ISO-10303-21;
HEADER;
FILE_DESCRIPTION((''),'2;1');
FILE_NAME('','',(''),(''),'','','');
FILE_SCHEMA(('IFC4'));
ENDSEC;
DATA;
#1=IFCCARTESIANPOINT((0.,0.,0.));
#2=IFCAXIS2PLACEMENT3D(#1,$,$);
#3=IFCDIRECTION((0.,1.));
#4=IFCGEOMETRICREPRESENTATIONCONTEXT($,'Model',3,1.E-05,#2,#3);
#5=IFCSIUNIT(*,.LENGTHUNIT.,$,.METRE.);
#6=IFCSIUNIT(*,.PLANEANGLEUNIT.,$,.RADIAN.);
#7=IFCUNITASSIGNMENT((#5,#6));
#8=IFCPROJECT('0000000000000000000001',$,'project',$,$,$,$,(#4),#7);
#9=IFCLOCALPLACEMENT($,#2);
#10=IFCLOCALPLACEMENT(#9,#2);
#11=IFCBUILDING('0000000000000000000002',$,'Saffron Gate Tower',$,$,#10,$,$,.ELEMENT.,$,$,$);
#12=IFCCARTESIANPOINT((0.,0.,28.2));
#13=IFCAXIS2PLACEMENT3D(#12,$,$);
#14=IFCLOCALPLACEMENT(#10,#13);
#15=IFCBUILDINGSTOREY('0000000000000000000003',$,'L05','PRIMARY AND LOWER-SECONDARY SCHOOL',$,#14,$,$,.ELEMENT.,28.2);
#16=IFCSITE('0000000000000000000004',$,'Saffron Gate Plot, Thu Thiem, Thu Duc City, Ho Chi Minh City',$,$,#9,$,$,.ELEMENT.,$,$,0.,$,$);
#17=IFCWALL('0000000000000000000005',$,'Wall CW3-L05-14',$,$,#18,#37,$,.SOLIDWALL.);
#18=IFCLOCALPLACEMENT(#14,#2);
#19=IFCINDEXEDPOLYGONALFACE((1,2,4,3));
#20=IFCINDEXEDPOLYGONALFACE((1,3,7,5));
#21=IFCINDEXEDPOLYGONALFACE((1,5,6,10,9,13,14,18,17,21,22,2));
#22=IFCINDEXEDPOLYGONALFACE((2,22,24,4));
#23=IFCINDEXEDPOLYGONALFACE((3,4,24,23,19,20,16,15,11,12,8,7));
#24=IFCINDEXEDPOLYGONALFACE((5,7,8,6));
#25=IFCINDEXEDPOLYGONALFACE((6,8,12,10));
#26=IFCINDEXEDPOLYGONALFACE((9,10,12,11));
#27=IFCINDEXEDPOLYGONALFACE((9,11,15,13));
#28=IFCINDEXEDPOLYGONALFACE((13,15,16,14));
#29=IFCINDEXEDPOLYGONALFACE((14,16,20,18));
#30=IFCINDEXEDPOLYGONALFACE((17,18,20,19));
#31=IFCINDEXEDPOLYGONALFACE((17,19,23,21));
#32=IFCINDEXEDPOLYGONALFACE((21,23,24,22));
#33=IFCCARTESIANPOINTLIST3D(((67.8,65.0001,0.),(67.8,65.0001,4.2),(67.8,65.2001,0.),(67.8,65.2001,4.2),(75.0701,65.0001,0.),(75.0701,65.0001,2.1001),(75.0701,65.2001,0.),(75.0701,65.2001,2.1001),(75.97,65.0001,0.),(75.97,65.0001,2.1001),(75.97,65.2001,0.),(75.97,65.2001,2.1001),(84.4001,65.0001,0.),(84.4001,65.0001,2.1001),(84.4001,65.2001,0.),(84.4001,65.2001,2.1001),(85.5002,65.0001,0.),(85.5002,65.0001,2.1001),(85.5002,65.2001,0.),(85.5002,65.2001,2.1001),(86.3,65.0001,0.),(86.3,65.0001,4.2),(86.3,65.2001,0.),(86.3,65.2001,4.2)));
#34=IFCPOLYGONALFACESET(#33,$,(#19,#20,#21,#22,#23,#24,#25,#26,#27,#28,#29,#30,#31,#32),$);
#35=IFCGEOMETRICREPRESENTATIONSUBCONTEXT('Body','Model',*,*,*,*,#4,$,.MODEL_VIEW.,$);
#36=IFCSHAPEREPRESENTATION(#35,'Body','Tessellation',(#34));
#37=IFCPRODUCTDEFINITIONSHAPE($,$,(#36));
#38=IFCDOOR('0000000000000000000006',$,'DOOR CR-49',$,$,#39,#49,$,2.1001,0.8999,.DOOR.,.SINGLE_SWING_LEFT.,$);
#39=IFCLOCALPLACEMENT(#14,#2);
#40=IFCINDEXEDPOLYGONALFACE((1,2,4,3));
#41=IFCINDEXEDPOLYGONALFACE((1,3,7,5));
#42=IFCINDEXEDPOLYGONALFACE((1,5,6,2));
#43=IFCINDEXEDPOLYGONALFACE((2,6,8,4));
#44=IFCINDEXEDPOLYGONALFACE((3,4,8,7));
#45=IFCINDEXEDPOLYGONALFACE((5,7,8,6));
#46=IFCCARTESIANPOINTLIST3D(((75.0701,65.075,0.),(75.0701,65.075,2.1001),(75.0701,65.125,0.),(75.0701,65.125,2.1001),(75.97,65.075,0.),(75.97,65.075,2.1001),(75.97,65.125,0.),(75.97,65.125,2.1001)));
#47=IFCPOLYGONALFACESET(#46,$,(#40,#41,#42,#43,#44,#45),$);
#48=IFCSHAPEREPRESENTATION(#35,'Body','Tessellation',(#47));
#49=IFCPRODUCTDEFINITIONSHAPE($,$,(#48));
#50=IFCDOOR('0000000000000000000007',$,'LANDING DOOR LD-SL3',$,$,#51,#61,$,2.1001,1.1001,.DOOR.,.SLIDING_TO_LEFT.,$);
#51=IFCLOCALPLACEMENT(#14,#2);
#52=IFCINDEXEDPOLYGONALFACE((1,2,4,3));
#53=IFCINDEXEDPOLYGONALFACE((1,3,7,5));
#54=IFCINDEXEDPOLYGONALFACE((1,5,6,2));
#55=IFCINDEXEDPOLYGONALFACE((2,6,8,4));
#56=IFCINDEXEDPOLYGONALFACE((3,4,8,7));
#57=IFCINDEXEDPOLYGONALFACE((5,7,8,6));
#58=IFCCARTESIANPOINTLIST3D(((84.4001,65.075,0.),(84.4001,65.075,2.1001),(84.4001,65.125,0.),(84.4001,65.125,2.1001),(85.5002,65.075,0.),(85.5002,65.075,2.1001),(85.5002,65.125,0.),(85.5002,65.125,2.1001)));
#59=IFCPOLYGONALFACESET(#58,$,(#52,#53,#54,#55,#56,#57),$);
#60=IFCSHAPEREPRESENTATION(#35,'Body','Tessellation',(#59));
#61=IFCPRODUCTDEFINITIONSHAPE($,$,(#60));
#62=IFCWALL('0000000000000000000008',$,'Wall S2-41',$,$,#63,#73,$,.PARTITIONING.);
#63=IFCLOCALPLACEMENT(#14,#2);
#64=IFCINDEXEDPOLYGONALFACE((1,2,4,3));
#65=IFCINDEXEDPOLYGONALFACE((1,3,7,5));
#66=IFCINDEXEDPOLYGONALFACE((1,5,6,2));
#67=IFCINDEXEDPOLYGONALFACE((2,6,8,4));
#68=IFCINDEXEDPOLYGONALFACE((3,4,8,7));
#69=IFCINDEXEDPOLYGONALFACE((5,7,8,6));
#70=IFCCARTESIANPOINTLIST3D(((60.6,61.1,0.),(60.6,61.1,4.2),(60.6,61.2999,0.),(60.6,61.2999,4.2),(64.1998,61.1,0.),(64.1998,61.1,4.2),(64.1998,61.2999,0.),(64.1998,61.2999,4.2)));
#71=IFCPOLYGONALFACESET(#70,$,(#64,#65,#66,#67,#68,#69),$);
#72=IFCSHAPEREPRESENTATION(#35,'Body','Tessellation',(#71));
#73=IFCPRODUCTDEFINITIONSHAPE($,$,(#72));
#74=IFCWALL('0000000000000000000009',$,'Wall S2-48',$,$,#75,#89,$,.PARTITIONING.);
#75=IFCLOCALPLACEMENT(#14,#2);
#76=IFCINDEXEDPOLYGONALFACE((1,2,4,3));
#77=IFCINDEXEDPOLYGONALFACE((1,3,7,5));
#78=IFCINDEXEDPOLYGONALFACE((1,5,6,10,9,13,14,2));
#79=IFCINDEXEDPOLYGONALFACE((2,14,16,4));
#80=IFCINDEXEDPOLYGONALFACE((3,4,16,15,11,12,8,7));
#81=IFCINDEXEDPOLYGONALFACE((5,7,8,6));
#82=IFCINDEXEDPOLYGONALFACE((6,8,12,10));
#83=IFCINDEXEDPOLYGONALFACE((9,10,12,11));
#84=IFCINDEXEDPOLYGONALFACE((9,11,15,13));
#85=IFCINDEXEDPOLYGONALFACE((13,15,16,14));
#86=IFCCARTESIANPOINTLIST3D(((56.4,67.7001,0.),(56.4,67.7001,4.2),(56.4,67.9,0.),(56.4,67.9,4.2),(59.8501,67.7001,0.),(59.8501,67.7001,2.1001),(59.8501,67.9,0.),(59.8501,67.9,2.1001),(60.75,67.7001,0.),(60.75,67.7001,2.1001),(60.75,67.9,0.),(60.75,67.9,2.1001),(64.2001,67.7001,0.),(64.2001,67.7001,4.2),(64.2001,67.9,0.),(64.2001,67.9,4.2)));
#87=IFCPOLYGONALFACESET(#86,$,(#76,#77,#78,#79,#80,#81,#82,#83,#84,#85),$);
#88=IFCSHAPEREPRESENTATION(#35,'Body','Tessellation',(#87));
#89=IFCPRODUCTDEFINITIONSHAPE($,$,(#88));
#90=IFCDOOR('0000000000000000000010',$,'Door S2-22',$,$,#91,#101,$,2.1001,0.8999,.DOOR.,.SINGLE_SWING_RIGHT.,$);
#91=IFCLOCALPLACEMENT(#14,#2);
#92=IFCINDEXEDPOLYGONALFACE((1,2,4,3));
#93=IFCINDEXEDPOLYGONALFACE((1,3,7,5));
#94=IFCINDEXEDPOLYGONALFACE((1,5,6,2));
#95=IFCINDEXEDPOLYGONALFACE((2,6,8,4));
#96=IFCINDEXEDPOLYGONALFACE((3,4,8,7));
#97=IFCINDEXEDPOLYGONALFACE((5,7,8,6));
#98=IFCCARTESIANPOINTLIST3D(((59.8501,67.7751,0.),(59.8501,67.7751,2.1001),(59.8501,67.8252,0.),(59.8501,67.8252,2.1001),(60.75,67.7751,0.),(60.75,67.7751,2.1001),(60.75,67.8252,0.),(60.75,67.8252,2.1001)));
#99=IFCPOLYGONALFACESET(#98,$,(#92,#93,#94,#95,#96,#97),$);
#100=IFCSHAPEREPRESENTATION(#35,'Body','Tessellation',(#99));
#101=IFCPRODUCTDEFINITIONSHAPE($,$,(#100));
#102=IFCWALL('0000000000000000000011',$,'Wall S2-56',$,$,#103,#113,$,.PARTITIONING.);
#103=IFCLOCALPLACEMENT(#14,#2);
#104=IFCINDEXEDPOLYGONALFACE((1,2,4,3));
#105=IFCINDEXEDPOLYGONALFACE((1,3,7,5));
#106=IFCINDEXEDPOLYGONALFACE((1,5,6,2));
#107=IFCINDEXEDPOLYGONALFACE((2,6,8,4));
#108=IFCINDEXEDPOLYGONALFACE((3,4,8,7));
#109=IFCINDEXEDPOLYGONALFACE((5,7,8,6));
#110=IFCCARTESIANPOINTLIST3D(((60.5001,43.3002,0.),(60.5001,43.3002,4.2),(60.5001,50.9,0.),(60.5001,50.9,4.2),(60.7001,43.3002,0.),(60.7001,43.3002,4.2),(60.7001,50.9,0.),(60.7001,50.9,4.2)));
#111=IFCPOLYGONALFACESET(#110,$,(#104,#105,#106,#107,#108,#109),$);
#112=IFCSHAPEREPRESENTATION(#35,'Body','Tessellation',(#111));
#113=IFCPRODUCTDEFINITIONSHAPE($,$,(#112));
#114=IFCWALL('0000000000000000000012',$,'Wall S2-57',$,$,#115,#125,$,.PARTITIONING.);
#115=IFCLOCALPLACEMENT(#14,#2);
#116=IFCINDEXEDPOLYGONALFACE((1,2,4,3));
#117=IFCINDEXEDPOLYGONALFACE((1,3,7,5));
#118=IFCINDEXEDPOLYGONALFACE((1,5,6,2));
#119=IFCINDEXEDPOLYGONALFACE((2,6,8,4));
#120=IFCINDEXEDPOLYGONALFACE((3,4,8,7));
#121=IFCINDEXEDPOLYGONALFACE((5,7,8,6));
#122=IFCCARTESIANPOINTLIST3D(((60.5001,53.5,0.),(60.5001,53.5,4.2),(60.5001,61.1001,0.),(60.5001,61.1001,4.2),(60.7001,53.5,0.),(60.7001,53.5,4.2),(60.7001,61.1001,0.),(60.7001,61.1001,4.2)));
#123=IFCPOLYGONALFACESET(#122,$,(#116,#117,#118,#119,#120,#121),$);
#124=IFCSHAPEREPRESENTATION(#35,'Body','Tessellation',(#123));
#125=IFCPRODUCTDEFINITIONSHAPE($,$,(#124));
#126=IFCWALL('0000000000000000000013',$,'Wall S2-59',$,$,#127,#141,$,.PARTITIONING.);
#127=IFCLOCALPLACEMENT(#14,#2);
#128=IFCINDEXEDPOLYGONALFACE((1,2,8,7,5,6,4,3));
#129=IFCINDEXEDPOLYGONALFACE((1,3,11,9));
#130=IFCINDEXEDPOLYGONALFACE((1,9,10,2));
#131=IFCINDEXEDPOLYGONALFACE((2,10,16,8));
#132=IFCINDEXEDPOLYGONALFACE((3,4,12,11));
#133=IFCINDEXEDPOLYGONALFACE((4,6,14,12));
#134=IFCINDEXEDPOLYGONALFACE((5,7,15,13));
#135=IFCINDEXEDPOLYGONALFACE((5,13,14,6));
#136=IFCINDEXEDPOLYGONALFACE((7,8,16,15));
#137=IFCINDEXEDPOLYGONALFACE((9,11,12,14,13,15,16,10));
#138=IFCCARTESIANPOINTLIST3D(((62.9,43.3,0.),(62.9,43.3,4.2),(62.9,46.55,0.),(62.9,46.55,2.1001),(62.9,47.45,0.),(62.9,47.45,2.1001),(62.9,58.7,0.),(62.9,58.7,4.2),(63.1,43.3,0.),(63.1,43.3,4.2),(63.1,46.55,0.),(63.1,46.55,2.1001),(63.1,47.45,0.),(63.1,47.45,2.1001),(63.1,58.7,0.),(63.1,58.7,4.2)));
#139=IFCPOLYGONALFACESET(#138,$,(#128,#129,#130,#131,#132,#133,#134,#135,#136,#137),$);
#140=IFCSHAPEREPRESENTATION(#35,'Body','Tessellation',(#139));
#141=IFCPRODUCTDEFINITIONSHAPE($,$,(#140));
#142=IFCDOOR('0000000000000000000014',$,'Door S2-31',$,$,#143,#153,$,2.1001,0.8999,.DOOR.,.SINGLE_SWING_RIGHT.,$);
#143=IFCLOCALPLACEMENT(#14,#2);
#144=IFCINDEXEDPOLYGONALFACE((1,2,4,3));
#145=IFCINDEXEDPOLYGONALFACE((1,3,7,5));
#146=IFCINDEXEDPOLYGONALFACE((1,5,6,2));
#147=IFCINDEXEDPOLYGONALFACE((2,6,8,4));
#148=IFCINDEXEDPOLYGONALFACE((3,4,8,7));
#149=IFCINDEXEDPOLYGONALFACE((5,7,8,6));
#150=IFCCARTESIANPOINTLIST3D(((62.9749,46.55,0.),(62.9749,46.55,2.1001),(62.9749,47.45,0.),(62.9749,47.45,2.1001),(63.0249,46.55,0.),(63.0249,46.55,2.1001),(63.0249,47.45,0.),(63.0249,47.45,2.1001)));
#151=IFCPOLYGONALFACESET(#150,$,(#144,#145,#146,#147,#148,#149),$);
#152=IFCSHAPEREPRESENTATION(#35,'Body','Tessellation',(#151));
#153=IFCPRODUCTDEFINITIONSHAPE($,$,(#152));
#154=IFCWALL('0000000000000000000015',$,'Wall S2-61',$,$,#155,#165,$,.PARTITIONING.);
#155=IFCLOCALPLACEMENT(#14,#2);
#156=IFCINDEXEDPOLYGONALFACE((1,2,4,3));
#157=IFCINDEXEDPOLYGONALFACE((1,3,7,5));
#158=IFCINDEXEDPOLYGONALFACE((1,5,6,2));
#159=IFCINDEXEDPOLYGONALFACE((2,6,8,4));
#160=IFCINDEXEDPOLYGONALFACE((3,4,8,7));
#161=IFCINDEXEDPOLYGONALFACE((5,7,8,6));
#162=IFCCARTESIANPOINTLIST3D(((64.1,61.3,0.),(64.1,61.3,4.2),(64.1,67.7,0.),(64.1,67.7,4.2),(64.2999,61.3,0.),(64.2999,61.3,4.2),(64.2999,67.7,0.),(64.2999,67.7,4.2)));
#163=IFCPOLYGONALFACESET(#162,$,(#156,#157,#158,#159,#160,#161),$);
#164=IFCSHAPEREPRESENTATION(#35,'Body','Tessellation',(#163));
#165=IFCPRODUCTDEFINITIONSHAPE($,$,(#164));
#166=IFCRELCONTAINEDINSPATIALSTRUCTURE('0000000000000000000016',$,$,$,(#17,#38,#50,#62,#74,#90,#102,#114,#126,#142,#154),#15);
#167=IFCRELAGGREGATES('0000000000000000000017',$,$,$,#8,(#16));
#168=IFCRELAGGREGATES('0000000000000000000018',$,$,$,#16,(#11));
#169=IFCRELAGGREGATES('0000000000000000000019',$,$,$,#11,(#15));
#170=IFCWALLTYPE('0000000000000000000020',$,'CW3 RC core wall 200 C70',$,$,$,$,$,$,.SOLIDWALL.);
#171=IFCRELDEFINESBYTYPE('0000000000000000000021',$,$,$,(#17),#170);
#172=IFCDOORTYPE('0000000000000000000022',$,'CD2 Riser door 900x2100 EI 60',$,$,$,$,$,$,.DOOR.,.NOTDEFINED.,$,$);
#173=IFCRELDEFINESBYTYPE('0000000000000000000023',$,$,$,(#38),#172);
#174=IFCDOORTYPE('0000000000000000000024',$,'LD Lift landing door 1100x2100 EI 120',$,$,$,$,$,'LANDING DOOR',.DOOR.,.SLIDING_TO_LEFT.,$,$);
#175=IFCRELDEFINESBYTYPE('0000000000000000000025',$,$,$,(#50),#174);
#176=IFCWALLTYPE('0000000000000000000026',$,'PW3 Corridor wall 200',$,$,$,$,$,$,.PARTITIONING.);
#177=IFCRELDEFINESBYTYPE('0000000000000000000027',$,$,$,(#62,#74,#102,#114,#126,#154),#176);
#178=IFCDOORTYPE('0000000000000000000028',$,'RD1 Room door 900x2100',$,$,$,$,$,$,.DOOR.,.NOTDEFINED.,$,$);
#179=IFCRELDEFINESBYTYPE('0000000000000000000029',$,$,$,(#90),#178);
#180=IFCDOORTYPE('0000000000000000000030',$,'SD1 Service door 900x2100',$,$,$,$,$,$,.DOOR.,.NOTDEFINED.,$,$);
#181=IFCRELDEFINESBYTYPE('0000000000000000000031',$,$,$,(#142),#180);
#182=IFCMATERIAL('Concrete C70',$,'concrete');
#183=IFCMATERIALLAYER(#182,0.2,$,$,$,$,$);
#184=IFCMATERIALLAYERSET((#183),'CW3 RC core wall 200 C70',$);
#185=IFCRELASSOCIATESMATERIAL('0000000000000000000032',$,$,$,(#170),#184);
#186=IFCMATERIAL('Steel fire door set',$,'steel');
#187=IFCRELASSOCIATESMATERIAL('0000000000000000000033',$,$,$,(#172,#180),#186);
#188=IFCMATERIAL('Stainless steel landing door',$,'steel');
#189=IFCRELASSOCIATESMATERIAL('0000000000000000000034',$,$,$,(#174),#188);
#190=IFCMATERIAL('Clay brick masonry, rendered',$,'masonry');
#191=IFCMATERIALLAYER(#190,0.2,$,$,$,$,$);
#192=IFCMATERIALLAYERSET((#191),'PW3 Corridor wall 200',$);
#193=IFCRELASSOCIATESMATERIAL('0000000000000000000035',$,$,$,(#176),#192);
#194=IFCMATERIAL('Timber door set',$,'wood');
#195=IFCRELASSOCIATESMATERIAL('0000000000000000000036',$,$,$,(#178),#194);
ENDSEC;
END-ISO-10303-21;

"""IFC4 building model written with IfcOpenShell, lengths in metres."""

from ifc_helpers import new_model, si_unit, direction, frame, frame_2d, origin, place, context, subcontext, project, spatial, rectangle, extrude, material, layer, layer_set, type_object, element, fill, save


model = new_model("IFC4")

# Units and contexts
model_context = context("Model", 3, precision=1e-05, world=origin(), true_north=direction((0.0, 1.0)))
body_context = subcontext(model_context, "Body", "Model", "MODEL_VIEW")
ifc_project = project(units=[si_unit("LENGTHUNIT", "METRE"), si_unit("PLANEANGLEUNIT", "RADIAN")], contexts=[model_context])

# Site, building, storey
site_placement = place(None, origin())
site = spatial("IfcSite", under=ifc_project, at=site_placement, Name="Saffron Gate Plot, Thu Thiem, Thu Duc City, Ho Chi Minh City", CompositionType="ELEMENT", RefElevation=0.0)
building_placement = place(site_placement, origin())
building = spatial("IfcBuilding", under=site, at=building_placement, Name="Saffron Gate Tower", CompositionType="ELEMENT")
storey_placement = place(building_placement, frame((0.0, 0.0, 28.2)))
storey = spatial("IfcBuildingStorey", under=building, at=storey_placement, Name="L05", Description="PRIMARY AND LOWER-SECONDARY SCHOOL", CompositionType="ELEMENT", Elevation=28.2)

# Shared definitions
ifc_material_1 = material(Name="Concrete C70", Category="concrete")
ifc_material_2 = material(Name="Steel fire door set", Category="steel")

# Wall, openings, doors
ifc_layer_1 = layer(ifc_material_1, 0.2)
ifc_layer_set_1 = layer_set([ifc_layer_1], Name="CW3 RC core wall 200 C70")
wall_type_1 = type_object("IfcWallType", Name="CW3 RC core wall 200 C70", PredefinedType="SOLIDWALL", material=ifc_layer_set_1)
wall_1_placement = place(storey_placement, frame((67.8, 65.1001, 0.0), z_axis=(0.0, 0.0, 1.0), x_axis=(1.0, 0.0, 0.0)))
wall_1 = element("IfcWall", 1, at=wall_1_placement, inside=storey, type_object=wall_type_1, Name="Wall CW3-L05-14", PredefinedType="SOLIDWALL", context=body_context, shape_type="SweptSolid", body=[
    extrude(rectangle(XDim=18.5, YDim=0.2, at=frame_2d((9.25, 0.0))), origin(), (0.0, 0.0, 1.0), 4.2),
])
opening_1_placement = place(wall_1_placement, frame((7.27, 0.0, 0.0)))
opening_1 = element("IfcOpeningElement", 2, at=opening_1_placement, cuts=wall_1, PredefinedType="OPENING", context=body_context, shape_type="SweptSolid", body=[
    extrude(rectangle(XDim=0.8999, YDim=2.1001, at=frame_2d((0.45, 1.05))), frame((0.0, 0.1099, 0.0), z_axis=(0.0, -1.0, 0.0), x_axis=(1.0, 0.0, 0.0)), (0.0, 0.0, 1.0), 0.22),
])
opening_2_placement = place(wall_1_placement, frame((16.6001, 0.0, 0.0)))
opening_2 = element("IfcOpeningElement", 3, at=opening_2_placement, cuts=wall_1, PredefinedType="OPENING", context=body_context, shape_type="SweptSolid", body=[
    extrude(rectangle(XDim=1.1001, YDim=2.1001, at=frame_2d((0.55, 1.05))), frame((0.0, 0.1099, 0.0), z_axis=(0.0, -1.0, 0.0), x_axis=(1.0, 0.0, 0.0)), (0.0, 0.0, 1.0), 0.22),
])
door_type_1 = type_object("IfcDoorType", Name="CD2 Riser door 900x2100 EI 60", OperationType="NOTDEFINED", PredefinedType="DOOR", material=ifc_material_2)
door_1_placement = place(opening_1_placement, origin())
door_1 = element("IfcDoor", 4, at=door_1_placement, inside=storey, type_object=door_type_1, Name="DOOR CR-49", OperationType="SINGLE_SWING_LEFT", OverallHeight=2.1001, OverallWidth=0.8999, PredefinedType="DOOR", context=body_context, shape_type="SweptSolid", body=[
    extrude(rectangle(XDim=0.8999, YDim=2.1001, at=frame_2d((0.45, 1.05))), frame((0.0, 0.0249, 0.0), z_axis=(0.0, -1.0, 0.0), x_axis=(1.0, 0.0, 0.0)), (0.0, 0.0, 1.0), 0.05),
])
fill(opening_1, door_1)
ifc_material_3 = material(Name="Stainless steel landing door", Category="steel")
door_type_2 = type_object("IfcDoorType", Name="LD Lift landing door 1100x2100 EI 120", ElementType="LANDING DOOR", OperationType="SLIDING_TO_LEFT", PredefinedType="DOOR", material=ifc_material_3)
door_2_placement = place(opening_2_placement, origin())
door_2 = element("IfcDoor", 5, at=door_2_placement, inside=storey, type_object=door_type_2, Name="LANDING DOOR LD-SL3", OperationType="SLIDING_TO_LEFT", OverallHeight=2.1001, OverallWidth=1.1001, PredefinedType="DOOR", context=body_context, shape_type="SweptSolid", body=[
    extrude(rectangle(XDim=1.1001, YDim=2.1001, at=frame_2d((0.55, 1.05))), frame((0.0, 0.0249, 0.0), z_axis=(0.0, -1.0, 0.0), x_axis=(1.0, 0.0, 0.0)), (0.0, 0.0, 1.0), 0.05),
])
fill(opening_2, door_2)

# Wall
ifc_material_4 = material(Name="Clay brick masonry, rendered", Category="masonry")
ifc_layer_2 = layer(ifc_material_4, 0.2)
ifc_layer_set_2 = layer_set([ifc_layer_2], Name="PW3 Corridor wall 200")
wall_type_2 = type_object("IfcWallType", Name="PW3 Corridor wall 200", PredefinedType="PARTITIONING", material=ifc_layer_set_2)
wall_2_placement = place(storey_placement, frame((60.6001, 61.2, 0.0), z_axis=(0.0, 0.0, 1.0), x_axis=(1.0, 0.0, 0.0)))
element("IfcWall", 6, at=wall_2_placement, inside=storey, type_object=wall_type_2, Name="Wall S2-41", PredefinedType="PARTITIONING", context=body_context, shape_type="SweptSolid", body=[
    extrude(rectangle(XDim=3.5999, YDim=0.2, at=frame_2d((1.7998, 0.0))), origin(), (0.0, 0.0, 1.0), 4.2),
])

# Wall, opening, door
wall_3_placement = place(storey_placement, frame((64.2, 67.8, 0.0), z_axis=(0.0, 0.0, 1.0), x_axis=(-1.0, 0.0, 0.0)))
wall_3 = element("IfcWall", 7, at=wall_3_placement, inside=storey, type_object=wall_type_2, Name="Wall S2-48", PredefinedType="PARTITIONING", context=body_context, shape_type="SweptSolid", body=[
    extrude(rectangle(XDim=7.8, YDim=0.2, at=frame_2d((3.8999, 0.0))), origin(), (0.0, 0.0, 1.0), 4.2),
])
opening_3_placement = place(wall_3_placement, frame((3.45, 0.0, 0.0)))
opening_3 = element("IfcOpeningElement", 8, at=opening_3_placement, cuts=wall_3, PredefinedType="OPENING", context=body_context, shape_type="SweptSolid", body=[
    extrude(rectangle(XDim=0.8999, YDim=2.1001, at=frame_2d((0.45, 1.05))), frame((0.0, 0.1099, 0.0), z_axis=(0.0, -1.0, 0.0), x_axis=(1.0, 0.0, 0.0)), (0.0, 0.0, 1.0), 0.22),
])
ifc_material_5 = material(Name="Timber door set", Category="wood")
door_type_3 = type_object("IfcDoorType", Name="RD1 Room door 900x2100", OperationType="NOTDEFINED", PredefinedType="DOOR", material=ifc_material_5)
door_3_placement = place(opening_3_placement, origin())
door_3 = element("IfcDoor", 9, at=door_3_placement, inside=storey, type_object=door_type_3, Name="Door S2-22", OperationType="SINGLE_SWING_RIGHT", OverallHeight=2.1001, OverallWidth=0.8999, PredefinedType="DOOR", context=body_context, shape_type="SweptSolid", body=[
    extrude(rectangle(XDim=0.8999, YDim=2.1001, at=frame_2d((0.45, 1.05))), frame((0.0, 0.0249, 0.0), z_axis=(0.0, -1.0, 0.0), x_axis=(1.0, 0.0, 0.0)), (0.0, 0.0, 1.0), 0.05),
])
fill(opening_3, door_3)

# Walls
wall_4_placement = place(storey_placement, frame((60.6001, 50.8999, 0.0), z_axis=(0.0, 0.0, 1.0), x_axis=(0.0, -1.0, 0.0)))
element("IfcWall", 10, at=wall_4_placement, inside=storey, type_object=wall_type_2, Name="Wall S2-56", PredefinedType="PARTITIONING", context=body_context, shape_type="SweptSolid", body=[
    extrude(rectangle(XDim=7.5999, YDim=0.2, at=frame_2d((3.7998, 0.0))), origin(), (0.0, 0.0, 1.0), 4.2),
])
wall_5_placement = place(storey_placement, frame((60.6001, 61.1001, 0.0), z_axis=(0.0, 0.0, 1.0), x_axis=(0.0, -1.0, 0.0)))
element("IfcWall", 11, at=wall_5_placement, inside=storey, type_object=wall_type_2, Name="Wall S2-57", PredefinedType="PARTITIONING", context=body_context, shape_type="SweptSolid", body=[
    extrude(rectangle(XDim=7.6001, YDim=0.2, at=frame_2d((3.8, 0.0))), origin(), (0.0, 0.0, 1.0), 4.2),
])

# Wall, opening, door
wall_6_placement = place(storey_placement, frame((63.0, 58.7, 0.0), z_axis=(0.0, 0.0, 1.0), x_axis=(0.0, -1.0, 0.0)))
wall_6 = element("IfcWall", 12, at=wall_6_placement, inside=storey, type_object=wall_type_2, Name="Wall S2-59", PredefinedType="PARTITIONING", context=body_context, shape_type="SweptSolid", body=[
    extrude(rectangle(XDim=15.3999, YDim=0.2, at=frame_2d((7.7, 0.0))), origin(), (0.0, 0.0, 1.0), 4.2),
])
opening_4_placement = place(wall_6_placement, frame((11.25, 0.0, 0.0)))
opening_4 = element("IfcOpeningElement", 13, at=opening_4_placement, cuts=wall_6, PredefinedType="OPENING", context=body_context, shape_type="SweptSolid", body=[
    extrude(rectangle(XDim=0.8999, YDim=2.1001, at=frame_2d((0.45, 1.05))), frame((0.0, 0.1099, 0.0), z_axis=(0.0, -1.0, 0.0), x_axis=(1.0, 0.0, 0.0)), (0.0, 0.0, 1.0), 0.22),
])
door_type_4 = type_object("IfcDoorType", Name="SD1 Service door 900x2100", OperationType="NOTDEFINED", PredefinedType="DOOR", material=ifc_material_2)
door_4_placement = place(opening_4_placement, origin())
door_4 = element("IfcDoor", 14, at=door_4_placement, inside=storey, type_object=door_type_4, Name="Door S2-31", OperationType="SINGLE_SWING_RIGHT", OverallHeight=2.1001, OverallWidth=0.8999, PredefinedType="DOOR", context=body_context, shape_type="SweptSolid", body=[
    extrude(rectangle(XDim=0.8999, YDim=2.1001, at=frame_2d((0.45, 1.05))), frame((0.0, 0.0249, 0.0), z_axis=(0.0, -1.0, 0.0), x_axis=(1.0, 0.0, 0.0)), (0.0, 0.0, 1.0), 0.05),
])
fill(opening_4, door_4)

# Wall
wall_7_placement = place(storey_placement, frame((64.2, 67.7, 0.0), z_axis=(0.0, 0.0, 1.0), x_axis=(0.0, -1.0, 0.0)))
element("IfcWall", 15, at=wall_7_placement, inside=storey, type_object=wall_type_2, Name="Wall S2-61", PredefinedType="PARTITIONING", context=body_context, shape_type="SweptSolid", body=[
    extrude(rectangle(XDim=6.3999, YDim=0.2, at=frame_2d((3.2, 0.0))), origin(), (0.0, 0.0, 1.0), 4.2),
])

save(model, "model.ifc")
